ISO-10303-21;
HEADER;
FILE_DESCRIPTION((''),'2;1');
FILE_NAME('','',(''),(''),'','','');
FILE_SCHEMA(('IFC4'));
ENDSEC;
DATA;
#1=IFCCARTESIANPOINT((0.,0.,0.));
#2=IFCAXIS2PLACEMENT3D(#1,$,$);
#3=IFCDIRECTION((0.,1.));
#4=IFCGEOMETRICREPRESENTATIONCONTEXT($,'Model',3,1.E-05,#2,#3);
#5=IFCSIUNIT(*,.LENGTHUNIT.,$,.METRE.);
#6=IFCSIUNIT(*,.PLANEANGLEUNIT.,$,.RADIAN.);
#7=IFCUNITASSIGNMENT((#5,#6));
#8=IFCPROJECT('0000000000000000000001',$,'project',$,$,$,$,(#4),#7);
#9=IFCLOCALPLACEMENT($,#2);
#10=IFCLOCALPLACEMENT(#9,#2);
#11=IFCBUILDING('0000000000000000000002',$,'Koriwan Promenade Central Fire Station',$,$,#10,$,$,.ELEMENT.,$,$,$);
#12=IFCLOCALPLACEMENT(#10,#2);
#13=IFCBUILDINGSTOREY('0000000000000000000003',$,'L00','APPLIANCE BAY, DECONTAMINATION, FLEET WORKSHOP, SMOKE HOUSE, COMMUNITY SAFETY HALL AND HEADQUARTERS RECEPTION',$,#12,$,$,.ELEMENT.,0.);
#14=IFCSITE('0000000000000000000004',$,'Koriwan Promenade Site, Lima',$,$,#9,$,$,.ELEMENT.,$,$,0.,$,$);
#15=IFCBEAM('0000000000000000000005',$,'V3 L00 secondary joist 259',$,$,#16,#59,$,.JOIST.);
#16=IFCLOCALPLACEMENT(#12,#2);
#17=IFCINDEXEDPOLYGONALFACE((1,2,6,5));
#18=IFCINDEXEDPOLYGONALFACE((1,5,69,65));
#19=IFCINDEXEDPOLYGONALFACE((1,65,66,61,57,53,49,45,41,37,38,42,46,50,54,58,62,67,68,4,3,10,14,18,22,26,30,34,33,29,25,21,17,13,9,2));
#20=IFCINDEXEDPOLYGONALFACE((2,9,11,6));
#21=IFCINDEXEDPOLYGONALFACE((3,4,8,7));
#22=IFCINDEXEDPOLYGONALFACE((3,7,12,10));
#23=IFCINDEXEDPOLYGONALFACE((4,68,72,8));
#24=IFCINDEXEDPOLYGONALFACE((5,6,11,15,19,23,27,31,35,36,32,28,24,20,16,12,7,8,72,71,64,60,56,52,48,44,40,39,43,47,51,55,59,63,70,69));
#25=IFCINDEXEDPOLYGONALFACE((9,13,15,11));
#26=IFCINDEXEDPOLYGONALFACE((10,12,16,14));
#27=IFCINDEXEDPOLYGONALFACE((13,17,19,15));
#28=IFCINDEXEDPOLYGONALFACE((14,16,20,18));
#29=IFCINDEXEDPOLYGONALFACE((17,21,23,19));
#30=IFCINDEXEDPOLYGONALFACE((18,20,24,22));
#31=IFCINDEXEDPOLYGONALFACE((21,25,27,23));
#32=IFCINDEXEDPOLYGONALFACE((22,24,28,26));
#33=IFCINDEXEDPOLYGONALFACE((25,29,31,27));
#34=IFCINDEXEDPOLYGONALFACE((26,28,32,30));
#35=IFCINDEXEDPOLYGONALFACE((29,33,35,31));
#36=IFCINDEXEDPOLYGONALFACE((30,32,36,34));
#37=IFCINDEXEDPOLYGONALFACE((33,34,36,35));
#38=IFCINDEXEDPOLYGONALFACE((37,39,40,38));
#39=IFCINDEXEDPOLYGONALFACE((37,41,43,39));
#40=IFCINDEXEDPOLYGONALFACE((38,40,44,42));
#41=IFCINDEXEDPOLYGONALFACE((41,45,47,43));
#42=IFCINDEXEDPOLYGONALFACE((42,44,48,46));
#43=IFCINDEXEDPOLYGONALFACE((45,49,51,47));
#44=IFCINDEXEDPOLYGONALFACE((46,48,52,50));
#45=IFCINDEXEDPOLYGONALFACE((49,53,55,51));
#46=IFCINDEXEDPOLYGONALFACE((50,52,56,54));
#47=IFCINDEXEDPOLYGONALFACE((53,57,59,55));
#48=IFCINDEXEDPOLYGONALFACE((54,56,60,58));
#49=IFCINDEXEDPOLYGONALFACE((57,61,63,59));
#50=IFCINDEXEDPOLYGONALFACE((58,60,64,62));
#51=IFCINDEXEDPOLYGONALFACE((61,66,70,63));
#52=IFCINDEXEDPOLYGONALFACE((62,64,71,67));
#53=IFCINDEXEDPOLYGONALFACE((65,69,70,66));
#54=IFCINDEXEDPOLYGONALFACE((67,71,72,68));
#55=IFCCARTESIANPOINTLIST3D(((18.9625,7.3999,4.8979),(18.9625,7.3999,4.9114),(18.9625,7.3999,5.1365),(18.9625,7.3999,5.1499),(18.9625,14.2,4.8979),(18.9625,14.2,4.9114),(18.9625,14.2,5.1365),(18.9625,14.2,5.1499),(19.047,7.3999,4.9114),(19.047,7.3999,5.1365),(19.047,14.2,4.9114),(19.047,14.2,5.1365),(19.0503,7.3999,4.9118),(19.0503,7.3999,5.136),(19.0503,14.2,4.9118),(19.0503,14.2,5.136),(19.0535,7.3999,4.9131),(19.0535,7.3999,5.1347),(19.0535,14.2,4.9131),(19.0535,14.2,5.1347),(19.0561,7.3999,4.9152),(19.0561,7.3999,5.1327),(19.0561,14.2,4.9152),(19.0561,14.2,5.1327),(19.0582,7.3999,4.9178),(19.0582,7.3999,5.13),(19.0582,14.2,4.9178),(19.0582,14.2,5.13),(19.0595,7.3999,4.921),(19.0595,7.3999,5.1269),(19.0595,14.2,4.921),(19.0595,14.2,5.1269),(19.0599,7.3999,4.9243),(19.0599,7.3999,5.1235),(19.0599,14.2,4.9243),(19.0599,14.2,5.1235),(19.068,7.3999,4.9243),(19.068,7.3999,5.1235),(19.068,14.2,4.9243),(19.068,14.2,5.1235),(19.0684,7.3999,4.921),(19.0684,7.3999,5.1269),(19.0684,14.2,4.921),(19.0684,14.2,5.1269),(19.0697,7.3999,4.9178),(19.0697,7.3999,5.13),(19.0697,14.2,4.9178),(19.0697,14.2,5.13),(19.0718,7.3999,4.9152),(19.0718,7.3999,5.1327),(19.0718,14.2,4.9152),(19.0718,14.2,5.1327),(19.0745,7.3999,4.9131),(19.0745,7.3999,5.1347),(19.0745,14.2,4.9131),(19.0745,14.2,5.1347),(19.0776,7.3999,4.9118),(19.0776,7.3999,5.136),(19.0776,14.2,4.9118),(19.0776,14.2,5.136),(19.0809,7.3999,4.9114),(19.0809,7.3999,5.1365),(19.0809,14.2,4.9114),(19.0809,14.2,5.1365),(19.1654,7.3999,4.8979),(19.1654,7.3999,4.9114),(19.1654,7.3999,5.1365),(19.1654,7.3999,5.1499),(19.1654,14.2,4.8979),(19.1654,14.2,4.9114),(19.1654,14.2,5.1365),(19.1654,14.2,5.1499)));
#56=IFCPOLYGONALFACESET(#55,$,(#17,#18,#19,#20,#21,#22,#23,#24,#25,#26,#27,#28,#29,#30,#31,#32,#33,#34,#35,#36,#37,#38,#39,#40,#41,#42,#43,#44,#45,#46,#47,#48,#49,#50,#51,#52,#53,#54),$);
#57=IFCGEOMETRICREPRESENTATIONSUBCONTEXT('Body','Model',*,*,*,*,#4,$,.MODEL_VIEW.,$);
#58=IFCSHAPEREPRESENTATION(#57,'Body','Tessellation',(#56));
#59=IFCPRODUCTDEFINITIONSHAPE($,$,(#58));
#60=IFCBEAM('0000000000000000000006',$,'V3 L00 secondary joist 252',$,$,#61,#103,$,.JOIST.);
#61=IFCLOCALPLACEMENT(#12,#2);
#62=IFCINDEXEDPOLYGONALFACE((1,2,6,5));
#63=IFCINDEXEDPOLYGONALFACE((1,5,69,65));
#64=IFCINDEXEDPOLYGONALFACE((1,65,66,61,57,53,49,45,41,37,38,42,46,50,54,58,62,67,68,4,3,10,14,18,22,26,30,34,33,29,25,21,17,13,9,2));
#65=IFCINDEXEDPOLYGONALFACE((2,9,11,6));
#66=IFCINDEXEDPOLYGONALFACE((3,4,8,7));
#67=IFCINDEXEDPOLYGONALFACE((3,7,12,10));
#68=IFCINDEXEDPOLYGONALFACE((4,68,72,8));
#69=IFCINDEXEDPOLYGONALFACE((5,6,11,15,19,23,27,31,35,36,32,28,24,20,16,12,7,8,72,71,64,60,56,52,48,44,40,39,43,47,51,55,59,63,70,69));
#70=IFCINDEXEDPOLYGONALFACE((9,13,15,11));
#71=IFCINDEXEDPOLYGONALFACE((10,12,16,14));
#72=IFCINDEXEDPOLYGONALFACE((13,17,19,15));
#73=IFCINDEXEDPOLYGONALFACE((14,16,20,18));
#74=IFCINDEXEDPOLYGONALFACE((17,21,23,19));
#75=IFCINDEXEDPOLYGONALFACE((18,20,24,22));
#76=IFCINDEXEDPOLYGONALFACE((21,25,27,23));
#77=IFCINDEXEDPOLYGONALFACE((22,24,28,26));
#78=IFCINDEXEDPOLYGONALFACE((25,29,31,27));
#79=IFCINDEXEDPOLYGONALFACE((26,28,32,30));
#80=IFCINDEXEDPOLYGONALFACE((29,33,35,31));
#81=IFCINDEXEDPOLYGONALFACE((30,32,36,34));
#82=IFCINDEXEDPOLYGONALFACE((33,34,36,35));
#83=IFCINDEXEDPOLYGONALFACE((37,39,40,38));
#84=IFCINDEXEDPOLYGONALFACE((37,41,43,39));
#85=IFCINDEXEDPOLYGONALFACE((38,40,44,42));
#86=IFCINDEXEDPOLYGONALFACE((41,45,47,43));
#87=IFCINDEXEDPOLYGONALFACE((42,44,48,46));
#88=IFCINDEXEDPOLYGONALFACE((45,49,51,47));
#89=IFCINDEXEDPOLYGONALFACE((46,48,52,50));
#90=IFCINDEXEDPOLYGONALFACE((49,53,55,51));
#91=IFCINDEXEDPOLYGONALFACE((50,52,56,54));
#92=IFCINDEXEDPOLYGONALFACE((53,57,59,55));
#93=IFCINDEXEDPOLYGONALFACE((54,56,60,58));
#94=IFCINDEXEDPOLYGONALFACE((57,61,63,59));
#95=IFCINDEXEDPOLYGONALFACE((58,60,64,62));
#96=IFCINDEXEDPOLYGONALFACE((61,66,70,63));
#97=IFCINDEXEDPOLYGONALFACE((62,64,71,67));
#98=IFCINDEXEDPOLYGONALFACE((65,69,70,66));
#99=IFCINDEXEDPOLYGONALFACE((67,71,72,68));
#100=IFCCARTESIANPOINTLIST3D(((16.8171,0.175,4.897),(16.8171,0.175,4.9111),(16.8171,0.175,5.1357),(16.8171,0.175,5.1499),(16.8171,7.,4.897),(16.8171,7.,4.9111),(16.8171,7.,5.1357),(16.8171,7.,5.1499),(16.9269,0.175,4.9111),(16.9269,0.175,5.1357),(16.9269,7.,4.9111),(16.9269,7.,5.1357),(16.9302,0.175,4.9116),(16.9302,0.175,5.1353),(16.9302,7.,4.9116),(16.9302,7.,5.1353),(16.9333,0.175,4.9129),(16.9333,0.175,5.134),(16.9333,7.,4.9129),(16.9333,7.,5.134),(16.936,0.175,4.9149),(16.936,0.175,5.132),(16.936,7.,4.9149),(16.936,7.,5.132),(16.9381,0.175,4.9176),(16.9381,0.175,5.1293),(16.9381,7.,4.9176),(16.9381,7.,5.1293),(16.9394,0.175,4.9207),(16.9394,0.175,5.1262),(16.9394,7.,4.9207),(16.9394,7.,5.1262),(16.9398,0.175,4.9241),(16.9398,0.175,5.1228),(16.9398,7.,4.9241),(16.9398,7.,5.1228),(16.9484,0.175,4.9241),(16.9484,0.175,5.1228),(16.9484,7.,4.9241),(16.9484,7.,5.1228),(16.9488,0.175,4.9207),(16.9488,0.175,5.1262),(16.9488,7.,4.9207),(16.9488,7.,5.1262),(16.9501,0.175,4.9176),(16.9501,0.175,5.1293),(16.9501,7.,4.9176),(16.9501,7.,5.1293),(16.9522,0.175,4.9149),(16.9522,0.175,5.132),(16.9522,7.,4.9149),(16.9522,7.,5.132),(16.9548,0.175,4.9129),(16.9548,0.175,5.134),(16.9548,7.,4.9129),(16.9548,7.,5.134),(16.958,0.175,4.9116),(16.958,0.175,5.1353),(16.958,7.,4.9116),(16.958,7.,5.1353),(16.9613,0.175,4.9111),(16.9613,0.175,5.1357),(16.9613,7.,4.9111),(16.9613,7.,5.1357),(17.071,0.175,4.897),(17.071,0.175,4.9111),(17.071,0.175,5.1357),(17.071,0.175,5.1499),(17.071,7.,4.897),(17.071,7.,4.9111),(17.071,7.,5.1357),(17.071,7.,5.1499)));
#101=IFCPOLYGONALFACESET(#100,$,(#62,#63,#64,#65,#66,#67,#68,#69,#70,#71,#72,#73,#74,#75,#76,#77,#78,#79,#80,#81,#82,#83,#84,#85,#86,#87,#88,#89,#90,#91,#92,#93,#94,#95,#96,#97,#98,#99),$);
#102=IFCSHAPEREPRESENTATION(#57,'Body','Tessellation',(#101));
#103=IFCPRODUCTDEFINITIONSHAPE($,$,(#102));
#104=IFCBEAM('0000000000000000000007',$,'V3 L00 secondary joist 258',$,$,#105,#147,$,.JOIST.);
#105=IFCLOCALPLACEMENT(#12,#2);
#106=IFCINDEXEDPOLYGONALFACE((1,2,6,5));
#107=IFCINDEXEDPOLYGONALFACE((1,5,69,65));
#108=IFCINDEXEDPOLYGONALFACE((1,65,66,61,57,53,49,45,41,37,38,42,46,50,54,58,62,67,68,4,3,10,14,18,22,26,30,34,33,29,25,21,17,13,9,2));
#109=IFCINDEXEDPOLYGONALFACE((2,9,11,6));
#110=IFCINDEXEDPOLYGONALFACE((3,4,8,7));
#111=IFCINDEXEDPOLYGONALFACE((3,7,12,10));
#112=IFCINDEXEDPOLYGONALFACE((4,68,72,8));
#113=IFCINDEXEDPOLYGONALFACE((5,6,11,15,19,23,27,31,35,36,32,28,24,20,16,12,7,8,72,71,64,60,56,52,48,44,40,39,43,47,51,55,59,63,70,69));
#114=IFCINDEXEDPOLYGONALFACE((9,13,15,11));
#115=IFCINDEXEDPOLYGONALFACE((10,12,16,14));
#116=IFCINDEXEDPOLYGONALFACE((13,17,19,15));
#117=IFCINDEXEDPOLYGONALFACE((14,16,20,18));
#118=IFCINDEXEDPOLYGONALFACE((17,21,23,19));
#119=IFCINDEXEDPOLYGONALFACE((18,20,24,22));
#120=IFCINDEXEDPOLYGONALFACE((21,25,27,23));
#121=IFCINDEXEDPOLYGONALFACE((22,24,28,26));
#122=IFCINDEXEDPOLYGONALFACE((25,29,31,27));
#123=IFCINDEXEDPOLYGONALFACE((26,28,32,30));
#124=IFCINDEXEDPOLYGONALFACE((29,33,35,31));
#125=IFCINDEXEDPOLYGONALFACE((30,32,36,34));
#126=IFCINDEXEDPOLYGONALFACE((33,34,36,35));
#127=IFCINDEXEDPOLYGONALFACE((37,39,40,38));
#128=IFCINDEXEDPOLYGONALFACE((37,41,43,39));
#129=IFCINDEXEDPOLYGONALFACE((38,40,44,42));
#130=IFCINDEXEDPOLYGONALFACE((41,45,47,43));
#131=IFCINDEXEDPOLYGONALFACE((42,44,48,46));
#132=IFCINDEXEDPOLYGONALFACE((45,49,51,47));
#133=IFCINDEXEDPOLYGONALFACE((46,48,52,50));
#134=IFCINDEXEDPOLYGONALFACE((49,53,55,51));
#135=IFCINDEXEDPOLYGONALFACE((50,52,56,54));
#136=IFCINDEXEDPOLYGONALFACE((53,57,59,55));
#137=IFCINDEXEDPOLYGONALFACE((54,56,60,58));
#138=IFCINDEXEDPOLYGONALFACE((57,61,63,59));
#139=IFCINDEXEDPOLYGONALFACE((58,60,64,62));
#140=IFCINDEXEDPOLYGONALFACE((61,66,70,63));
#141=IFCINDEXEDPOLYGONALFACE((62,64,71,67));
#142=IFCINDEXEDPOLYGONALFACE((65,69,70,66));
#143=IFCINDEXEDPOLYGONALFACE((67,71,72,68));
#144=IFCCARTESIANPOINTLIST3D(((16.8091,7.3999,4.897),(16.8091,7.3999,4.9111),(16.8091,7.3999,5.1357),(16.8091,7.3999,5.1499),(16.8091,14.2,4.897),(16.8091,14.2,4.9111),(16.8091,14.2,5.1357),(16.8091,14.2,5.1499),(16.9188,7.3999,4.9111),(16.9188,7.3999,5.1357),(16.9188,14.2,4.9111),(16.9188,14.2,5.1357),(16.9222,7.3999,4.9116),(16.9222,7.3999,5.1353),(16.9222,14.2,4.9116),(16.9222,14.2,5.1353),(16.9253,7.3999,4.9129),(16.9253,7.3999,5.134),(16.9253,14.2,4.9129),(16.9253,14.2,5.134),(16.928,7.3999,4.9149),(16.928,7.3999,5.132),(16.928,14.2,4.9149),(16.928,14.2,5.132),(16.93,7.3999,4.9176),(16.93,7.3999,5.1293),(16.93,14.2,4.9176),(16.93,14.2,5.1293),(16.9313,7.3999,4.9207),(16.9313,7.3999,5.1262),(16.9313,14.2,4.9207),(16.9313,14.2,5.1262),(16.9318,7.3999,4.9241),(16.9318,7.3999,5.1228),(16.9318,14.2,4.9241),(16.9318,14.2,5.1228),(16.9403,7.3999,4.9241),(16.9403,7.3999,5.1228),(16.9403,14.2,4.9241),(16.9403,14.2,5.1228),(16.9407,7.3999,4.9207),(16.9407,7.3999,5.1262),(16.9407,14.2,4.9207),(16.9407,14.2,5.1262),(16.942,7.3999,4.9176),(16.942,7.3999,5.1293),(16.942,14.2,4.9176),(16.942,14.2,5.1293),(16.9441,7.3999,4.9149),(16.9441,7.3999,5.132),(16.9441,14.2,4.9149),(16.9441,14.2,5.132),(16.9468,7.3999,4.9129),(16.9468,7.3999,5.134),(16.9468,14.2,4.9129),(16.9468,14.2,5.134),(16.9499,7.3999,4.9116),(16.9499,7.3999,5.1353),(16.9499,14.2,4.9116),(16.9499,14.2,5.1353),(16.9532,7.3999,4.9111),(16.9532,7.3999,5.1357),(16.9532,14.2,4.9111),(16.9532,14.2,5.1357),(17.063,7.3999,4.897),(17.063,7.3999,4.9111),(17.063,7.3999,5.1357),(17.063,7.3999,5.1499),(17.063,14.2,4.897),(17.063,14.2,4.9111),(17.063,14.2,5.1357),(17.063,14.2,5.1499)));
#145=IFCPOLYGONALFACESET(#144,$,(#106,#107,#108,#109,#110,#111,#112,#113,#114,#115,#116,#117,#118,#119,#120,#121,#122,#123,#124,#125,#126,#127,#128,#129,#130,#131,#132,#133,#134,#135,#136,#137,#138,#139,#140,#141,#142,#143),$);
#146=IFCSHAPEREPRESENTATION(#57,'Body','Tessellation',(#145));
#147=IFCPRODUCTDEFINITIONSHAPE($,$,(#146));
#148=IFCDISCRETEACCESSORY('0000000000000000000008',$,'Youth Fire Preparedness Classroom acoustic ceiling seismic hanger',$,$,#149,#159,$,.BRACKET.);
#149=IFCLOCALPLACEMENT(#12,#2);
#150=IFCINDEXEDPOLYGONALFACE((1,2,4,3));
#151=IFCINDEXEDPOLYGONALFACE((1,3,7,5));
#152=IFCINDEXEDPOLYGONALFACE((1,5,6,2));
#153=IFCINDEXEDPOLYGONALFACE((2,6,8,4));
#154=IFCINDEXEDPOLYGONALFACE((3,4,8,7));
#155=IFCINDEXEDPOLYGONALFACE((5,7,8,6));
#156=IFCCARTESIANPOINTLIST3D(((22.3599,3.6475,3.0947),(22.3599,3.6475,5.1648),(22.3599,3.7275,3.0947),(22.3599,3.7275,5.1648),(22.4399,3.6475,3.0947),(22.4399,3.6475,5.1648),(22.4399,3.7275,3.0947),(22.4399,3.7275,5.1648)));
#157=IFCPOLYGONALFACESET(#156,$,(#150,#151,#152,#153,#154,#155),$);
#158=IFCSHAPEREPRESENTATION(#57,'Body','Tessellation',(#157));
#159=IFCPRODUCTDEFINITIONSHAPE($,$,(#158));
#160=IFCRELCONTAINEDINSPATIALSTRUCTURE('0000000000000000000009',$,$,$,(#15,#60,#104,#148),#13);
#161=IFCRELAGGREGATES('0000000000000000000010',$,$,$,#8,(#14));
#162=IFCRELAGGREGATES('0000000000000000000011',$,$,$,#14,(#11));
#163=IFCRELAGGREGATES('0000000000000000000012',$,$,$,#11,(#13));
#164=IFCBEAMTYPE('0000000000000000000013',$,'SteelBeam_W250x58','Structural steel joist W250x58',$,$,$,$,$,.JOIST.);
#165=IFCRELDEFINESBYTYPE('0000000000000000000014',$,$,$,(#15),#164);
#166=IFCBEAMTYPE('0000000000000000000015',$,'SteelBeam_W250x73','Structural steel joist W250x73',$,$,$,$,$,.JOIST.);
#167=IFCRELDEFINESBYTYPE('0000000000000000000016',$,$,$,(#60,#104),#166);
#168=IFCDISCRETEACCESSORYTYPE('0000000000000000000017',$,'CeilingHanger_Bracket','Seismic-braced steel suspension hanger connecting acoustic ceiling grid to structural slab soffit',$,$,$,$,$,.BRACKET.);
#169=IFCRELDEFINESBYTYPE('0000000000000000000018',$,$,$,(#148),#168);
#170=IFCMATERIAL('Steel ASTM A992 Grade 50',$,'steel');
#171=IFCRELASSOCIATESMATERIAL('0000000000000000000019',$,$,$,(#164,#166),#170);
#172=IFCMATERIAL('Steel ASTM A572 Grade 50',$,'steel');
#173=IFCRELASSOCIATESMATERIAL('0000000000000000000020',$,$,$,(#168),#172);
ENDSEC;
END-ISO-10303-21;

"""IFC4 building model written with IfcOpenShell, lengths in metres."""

from ifc_helpers import new_model, si_unit, direction, frame, origin, origin_2d, place, context, subcontext, project, spatial, rectangle, i_section, extrude, material, material_profile, profile_set, type_object, element, save


model = new_model("IFC4")

# Units and contexts
model_context = context("Model", 3, precision=1e-05, world=origin(), true_north=direction((0.0, 1.0)))
body_context = subcontext(model_context, "Body", "Model", "MODEL_VIEW")
ifc_project = project(units=[si_unit("LENGTHUNIT", "METRE"), si_unit("PLANEANGLEUNIT", "RADIAN")], contexts=[model_context])

# Site, building, storey
site_placement = place(None, origin())
site = spatial("IfcSite", under=ifc_project, at=site_placement, Name="Koriwan Promenade Site, Lima", CompositionType="ELEMENT", RefElevation=0.0)
building_placement = place(site_placement, origin())
building = spatial("IfcBuilding", under=site, at=building_placement, Name="Koriwan Promenade Central Fire Station", CompositionType="ELEMENT")
storey_placement = place(building_placement, origin())
storey = spatial("IfcBuildingStorey", under=building, at=storey_placement, Name="L00", Description="APPLIANCE BAY, DECONTAMINATION, FLEET WORKSHOP, SMOKE HOUSE, COMMUNITY SAFETY HALL AND HEADQUARTERS RECEPTION", CompositionType="ELEMENT", Elevation=0.0)

# Beams
ifc_material_1 = material(Name="Steel ASTM A992 Grade 50", Category="steel")
ifc_material_profile_1 = material_profile(ifc_material_1, i_section(OverallWidth=0.2029, OverallDepth=0.252, WebThickness=0.0081, FlangeThickness=0.0134, FilletRadius=0.0129, at=origin_2d()), Name="W250x58")
ifc_profile_set_1 = profile_set([ifc_material_profile_1], Name="Steel ASTM A992 Grade 50")
beam_type_1 = type_object("IfcBeamType", Name="SteelBeam_W250x58", Description="Structural steel joist W250x58", PredefinedType="JOIST", material=ifc_profile_set_1)
beam_1_placement = place(storey_placement, frame((19.064, 7.3999, 5.0239), z_axis=(0.0, 1.0, 0.0), x_axis=(-1.0, 0.0, 0.0)))
element("IfcBeam", 1, at=beam_1_placement, inside=storey, type_object=beam_type_1, Name="V3 L00 secondary joist 259", PredefinedType="JOIST", context=body_context, shape_type="SweptSolid", body=[
    extrude(i_section(OverallWidth=0.2029, OverallDepth=0.252, WebThickness=0.0081, FlangeThickness=0.0134, FilletRadius=0.0129, at=origin_2d()), origin(), (0.0, 0.0, 1.0), 6.8),
])
ifc_material_profile_2 = material_profile(ifc_material_1, i_section(OverallWidth=0.2539, OverallDepth=0.2529, WebThickness=0.0085, FlangeThickness=0.0142, FilletRadius=0.0129, at=origin_2d()), Name="W250x73")
ifc_profile_set_2 = profile_set([ifc_material_profile_2], Name="Steel ASTM A992 Grade 50")
beam_type_2 = type_object("IfcBeamType", Name="SteelBeam_W250x73", Description="Structural steel joist W250x73", PredefinedType="JOIST", material=ifc_profile_set_2)
beam_2_placement = place(storey_placement, frame((16.9441, 0.175, 5.0234), z_axis=(0.0, 1.0, 0.0), x_axis=(-1.0, 0.0, 0.0)))
element("IfcBeam", 2, at=beam_2_placement, inside=storey, type_object=beam_type_2, Name="V3 L00 secondary joist 252", PredefinedType="JOIST", context=body_context, shape_type="SweptSolid", body=[
    extrude(i_section(OverallWidth=0.2539, OverallDepth=0.2529, WebThickness=0.0085, FlangeThickness=0.0142, FilletRadius=0.0129, at=origin_2d()), origin(), (0.0, 0.0, 1.0), 6.825),
])
beam_3_placement = place(storey_placement, frame((16.936, 7.3999, 5.0234), z_axis=(0.0, 1.0, 0.0), x_axis=(-1.0, 0.0, 0.0)))
element("IfcBeam", 3, at=beam_3_placement, inside=storey, type_object=beam_type_2, Name="V3 L00 secondary joist 258", PredefinedType="JOIST", context=body_context, shape_type="SweptSolid", body=[
    extrude(i_section(OverallWidth=0.2539, OverallDepth=0.2529, WebThickness=0.0085, FlangeThickness=0.0142, FilletRadius=0.0129, at=origin_2d()), origin(), (0.0, 0.0, 1.0), 6.8),
])

# Discrete accessory
ifc_material_2 = material(Name="Steel ASTM A572 Grade 50", Category="steel")
discrete_accessory_type = type_object("IfcDiscreteAccessoryType", Name="CeilingHanger_Bracket", Description="Seismic-braced steel suspension hanger connecting acoustic ceiling grid to structural slab soffit", PredefinedType="BRACKET", material=ifc_material_2)
discrete_accessory_placement = place(storey_placement, frame((22.3999, 3.6875, 3.0947), z_axis=(0.0, 0.0, 1.0), x_axis=(1.0, 0.0, 0.0)))
element("IfcDiscreteAccessory", 4, at=discrete_accessory_placement, inside=storey, type_object=discrete_accessory_type, Name="Youth Fire Preparedness Classroom acoustic ceiling seismic hanger", PredefinedType="BRACKET", context=body_context, shape_type="SweptSolid", body=[
    extrude(rectangle(XDim=0.0801, YDim=0.0801, at=origin_2d()), origin(), (0.0, 0.0, 1.0), 2.0701),
])

save(model, "model.ifc")
